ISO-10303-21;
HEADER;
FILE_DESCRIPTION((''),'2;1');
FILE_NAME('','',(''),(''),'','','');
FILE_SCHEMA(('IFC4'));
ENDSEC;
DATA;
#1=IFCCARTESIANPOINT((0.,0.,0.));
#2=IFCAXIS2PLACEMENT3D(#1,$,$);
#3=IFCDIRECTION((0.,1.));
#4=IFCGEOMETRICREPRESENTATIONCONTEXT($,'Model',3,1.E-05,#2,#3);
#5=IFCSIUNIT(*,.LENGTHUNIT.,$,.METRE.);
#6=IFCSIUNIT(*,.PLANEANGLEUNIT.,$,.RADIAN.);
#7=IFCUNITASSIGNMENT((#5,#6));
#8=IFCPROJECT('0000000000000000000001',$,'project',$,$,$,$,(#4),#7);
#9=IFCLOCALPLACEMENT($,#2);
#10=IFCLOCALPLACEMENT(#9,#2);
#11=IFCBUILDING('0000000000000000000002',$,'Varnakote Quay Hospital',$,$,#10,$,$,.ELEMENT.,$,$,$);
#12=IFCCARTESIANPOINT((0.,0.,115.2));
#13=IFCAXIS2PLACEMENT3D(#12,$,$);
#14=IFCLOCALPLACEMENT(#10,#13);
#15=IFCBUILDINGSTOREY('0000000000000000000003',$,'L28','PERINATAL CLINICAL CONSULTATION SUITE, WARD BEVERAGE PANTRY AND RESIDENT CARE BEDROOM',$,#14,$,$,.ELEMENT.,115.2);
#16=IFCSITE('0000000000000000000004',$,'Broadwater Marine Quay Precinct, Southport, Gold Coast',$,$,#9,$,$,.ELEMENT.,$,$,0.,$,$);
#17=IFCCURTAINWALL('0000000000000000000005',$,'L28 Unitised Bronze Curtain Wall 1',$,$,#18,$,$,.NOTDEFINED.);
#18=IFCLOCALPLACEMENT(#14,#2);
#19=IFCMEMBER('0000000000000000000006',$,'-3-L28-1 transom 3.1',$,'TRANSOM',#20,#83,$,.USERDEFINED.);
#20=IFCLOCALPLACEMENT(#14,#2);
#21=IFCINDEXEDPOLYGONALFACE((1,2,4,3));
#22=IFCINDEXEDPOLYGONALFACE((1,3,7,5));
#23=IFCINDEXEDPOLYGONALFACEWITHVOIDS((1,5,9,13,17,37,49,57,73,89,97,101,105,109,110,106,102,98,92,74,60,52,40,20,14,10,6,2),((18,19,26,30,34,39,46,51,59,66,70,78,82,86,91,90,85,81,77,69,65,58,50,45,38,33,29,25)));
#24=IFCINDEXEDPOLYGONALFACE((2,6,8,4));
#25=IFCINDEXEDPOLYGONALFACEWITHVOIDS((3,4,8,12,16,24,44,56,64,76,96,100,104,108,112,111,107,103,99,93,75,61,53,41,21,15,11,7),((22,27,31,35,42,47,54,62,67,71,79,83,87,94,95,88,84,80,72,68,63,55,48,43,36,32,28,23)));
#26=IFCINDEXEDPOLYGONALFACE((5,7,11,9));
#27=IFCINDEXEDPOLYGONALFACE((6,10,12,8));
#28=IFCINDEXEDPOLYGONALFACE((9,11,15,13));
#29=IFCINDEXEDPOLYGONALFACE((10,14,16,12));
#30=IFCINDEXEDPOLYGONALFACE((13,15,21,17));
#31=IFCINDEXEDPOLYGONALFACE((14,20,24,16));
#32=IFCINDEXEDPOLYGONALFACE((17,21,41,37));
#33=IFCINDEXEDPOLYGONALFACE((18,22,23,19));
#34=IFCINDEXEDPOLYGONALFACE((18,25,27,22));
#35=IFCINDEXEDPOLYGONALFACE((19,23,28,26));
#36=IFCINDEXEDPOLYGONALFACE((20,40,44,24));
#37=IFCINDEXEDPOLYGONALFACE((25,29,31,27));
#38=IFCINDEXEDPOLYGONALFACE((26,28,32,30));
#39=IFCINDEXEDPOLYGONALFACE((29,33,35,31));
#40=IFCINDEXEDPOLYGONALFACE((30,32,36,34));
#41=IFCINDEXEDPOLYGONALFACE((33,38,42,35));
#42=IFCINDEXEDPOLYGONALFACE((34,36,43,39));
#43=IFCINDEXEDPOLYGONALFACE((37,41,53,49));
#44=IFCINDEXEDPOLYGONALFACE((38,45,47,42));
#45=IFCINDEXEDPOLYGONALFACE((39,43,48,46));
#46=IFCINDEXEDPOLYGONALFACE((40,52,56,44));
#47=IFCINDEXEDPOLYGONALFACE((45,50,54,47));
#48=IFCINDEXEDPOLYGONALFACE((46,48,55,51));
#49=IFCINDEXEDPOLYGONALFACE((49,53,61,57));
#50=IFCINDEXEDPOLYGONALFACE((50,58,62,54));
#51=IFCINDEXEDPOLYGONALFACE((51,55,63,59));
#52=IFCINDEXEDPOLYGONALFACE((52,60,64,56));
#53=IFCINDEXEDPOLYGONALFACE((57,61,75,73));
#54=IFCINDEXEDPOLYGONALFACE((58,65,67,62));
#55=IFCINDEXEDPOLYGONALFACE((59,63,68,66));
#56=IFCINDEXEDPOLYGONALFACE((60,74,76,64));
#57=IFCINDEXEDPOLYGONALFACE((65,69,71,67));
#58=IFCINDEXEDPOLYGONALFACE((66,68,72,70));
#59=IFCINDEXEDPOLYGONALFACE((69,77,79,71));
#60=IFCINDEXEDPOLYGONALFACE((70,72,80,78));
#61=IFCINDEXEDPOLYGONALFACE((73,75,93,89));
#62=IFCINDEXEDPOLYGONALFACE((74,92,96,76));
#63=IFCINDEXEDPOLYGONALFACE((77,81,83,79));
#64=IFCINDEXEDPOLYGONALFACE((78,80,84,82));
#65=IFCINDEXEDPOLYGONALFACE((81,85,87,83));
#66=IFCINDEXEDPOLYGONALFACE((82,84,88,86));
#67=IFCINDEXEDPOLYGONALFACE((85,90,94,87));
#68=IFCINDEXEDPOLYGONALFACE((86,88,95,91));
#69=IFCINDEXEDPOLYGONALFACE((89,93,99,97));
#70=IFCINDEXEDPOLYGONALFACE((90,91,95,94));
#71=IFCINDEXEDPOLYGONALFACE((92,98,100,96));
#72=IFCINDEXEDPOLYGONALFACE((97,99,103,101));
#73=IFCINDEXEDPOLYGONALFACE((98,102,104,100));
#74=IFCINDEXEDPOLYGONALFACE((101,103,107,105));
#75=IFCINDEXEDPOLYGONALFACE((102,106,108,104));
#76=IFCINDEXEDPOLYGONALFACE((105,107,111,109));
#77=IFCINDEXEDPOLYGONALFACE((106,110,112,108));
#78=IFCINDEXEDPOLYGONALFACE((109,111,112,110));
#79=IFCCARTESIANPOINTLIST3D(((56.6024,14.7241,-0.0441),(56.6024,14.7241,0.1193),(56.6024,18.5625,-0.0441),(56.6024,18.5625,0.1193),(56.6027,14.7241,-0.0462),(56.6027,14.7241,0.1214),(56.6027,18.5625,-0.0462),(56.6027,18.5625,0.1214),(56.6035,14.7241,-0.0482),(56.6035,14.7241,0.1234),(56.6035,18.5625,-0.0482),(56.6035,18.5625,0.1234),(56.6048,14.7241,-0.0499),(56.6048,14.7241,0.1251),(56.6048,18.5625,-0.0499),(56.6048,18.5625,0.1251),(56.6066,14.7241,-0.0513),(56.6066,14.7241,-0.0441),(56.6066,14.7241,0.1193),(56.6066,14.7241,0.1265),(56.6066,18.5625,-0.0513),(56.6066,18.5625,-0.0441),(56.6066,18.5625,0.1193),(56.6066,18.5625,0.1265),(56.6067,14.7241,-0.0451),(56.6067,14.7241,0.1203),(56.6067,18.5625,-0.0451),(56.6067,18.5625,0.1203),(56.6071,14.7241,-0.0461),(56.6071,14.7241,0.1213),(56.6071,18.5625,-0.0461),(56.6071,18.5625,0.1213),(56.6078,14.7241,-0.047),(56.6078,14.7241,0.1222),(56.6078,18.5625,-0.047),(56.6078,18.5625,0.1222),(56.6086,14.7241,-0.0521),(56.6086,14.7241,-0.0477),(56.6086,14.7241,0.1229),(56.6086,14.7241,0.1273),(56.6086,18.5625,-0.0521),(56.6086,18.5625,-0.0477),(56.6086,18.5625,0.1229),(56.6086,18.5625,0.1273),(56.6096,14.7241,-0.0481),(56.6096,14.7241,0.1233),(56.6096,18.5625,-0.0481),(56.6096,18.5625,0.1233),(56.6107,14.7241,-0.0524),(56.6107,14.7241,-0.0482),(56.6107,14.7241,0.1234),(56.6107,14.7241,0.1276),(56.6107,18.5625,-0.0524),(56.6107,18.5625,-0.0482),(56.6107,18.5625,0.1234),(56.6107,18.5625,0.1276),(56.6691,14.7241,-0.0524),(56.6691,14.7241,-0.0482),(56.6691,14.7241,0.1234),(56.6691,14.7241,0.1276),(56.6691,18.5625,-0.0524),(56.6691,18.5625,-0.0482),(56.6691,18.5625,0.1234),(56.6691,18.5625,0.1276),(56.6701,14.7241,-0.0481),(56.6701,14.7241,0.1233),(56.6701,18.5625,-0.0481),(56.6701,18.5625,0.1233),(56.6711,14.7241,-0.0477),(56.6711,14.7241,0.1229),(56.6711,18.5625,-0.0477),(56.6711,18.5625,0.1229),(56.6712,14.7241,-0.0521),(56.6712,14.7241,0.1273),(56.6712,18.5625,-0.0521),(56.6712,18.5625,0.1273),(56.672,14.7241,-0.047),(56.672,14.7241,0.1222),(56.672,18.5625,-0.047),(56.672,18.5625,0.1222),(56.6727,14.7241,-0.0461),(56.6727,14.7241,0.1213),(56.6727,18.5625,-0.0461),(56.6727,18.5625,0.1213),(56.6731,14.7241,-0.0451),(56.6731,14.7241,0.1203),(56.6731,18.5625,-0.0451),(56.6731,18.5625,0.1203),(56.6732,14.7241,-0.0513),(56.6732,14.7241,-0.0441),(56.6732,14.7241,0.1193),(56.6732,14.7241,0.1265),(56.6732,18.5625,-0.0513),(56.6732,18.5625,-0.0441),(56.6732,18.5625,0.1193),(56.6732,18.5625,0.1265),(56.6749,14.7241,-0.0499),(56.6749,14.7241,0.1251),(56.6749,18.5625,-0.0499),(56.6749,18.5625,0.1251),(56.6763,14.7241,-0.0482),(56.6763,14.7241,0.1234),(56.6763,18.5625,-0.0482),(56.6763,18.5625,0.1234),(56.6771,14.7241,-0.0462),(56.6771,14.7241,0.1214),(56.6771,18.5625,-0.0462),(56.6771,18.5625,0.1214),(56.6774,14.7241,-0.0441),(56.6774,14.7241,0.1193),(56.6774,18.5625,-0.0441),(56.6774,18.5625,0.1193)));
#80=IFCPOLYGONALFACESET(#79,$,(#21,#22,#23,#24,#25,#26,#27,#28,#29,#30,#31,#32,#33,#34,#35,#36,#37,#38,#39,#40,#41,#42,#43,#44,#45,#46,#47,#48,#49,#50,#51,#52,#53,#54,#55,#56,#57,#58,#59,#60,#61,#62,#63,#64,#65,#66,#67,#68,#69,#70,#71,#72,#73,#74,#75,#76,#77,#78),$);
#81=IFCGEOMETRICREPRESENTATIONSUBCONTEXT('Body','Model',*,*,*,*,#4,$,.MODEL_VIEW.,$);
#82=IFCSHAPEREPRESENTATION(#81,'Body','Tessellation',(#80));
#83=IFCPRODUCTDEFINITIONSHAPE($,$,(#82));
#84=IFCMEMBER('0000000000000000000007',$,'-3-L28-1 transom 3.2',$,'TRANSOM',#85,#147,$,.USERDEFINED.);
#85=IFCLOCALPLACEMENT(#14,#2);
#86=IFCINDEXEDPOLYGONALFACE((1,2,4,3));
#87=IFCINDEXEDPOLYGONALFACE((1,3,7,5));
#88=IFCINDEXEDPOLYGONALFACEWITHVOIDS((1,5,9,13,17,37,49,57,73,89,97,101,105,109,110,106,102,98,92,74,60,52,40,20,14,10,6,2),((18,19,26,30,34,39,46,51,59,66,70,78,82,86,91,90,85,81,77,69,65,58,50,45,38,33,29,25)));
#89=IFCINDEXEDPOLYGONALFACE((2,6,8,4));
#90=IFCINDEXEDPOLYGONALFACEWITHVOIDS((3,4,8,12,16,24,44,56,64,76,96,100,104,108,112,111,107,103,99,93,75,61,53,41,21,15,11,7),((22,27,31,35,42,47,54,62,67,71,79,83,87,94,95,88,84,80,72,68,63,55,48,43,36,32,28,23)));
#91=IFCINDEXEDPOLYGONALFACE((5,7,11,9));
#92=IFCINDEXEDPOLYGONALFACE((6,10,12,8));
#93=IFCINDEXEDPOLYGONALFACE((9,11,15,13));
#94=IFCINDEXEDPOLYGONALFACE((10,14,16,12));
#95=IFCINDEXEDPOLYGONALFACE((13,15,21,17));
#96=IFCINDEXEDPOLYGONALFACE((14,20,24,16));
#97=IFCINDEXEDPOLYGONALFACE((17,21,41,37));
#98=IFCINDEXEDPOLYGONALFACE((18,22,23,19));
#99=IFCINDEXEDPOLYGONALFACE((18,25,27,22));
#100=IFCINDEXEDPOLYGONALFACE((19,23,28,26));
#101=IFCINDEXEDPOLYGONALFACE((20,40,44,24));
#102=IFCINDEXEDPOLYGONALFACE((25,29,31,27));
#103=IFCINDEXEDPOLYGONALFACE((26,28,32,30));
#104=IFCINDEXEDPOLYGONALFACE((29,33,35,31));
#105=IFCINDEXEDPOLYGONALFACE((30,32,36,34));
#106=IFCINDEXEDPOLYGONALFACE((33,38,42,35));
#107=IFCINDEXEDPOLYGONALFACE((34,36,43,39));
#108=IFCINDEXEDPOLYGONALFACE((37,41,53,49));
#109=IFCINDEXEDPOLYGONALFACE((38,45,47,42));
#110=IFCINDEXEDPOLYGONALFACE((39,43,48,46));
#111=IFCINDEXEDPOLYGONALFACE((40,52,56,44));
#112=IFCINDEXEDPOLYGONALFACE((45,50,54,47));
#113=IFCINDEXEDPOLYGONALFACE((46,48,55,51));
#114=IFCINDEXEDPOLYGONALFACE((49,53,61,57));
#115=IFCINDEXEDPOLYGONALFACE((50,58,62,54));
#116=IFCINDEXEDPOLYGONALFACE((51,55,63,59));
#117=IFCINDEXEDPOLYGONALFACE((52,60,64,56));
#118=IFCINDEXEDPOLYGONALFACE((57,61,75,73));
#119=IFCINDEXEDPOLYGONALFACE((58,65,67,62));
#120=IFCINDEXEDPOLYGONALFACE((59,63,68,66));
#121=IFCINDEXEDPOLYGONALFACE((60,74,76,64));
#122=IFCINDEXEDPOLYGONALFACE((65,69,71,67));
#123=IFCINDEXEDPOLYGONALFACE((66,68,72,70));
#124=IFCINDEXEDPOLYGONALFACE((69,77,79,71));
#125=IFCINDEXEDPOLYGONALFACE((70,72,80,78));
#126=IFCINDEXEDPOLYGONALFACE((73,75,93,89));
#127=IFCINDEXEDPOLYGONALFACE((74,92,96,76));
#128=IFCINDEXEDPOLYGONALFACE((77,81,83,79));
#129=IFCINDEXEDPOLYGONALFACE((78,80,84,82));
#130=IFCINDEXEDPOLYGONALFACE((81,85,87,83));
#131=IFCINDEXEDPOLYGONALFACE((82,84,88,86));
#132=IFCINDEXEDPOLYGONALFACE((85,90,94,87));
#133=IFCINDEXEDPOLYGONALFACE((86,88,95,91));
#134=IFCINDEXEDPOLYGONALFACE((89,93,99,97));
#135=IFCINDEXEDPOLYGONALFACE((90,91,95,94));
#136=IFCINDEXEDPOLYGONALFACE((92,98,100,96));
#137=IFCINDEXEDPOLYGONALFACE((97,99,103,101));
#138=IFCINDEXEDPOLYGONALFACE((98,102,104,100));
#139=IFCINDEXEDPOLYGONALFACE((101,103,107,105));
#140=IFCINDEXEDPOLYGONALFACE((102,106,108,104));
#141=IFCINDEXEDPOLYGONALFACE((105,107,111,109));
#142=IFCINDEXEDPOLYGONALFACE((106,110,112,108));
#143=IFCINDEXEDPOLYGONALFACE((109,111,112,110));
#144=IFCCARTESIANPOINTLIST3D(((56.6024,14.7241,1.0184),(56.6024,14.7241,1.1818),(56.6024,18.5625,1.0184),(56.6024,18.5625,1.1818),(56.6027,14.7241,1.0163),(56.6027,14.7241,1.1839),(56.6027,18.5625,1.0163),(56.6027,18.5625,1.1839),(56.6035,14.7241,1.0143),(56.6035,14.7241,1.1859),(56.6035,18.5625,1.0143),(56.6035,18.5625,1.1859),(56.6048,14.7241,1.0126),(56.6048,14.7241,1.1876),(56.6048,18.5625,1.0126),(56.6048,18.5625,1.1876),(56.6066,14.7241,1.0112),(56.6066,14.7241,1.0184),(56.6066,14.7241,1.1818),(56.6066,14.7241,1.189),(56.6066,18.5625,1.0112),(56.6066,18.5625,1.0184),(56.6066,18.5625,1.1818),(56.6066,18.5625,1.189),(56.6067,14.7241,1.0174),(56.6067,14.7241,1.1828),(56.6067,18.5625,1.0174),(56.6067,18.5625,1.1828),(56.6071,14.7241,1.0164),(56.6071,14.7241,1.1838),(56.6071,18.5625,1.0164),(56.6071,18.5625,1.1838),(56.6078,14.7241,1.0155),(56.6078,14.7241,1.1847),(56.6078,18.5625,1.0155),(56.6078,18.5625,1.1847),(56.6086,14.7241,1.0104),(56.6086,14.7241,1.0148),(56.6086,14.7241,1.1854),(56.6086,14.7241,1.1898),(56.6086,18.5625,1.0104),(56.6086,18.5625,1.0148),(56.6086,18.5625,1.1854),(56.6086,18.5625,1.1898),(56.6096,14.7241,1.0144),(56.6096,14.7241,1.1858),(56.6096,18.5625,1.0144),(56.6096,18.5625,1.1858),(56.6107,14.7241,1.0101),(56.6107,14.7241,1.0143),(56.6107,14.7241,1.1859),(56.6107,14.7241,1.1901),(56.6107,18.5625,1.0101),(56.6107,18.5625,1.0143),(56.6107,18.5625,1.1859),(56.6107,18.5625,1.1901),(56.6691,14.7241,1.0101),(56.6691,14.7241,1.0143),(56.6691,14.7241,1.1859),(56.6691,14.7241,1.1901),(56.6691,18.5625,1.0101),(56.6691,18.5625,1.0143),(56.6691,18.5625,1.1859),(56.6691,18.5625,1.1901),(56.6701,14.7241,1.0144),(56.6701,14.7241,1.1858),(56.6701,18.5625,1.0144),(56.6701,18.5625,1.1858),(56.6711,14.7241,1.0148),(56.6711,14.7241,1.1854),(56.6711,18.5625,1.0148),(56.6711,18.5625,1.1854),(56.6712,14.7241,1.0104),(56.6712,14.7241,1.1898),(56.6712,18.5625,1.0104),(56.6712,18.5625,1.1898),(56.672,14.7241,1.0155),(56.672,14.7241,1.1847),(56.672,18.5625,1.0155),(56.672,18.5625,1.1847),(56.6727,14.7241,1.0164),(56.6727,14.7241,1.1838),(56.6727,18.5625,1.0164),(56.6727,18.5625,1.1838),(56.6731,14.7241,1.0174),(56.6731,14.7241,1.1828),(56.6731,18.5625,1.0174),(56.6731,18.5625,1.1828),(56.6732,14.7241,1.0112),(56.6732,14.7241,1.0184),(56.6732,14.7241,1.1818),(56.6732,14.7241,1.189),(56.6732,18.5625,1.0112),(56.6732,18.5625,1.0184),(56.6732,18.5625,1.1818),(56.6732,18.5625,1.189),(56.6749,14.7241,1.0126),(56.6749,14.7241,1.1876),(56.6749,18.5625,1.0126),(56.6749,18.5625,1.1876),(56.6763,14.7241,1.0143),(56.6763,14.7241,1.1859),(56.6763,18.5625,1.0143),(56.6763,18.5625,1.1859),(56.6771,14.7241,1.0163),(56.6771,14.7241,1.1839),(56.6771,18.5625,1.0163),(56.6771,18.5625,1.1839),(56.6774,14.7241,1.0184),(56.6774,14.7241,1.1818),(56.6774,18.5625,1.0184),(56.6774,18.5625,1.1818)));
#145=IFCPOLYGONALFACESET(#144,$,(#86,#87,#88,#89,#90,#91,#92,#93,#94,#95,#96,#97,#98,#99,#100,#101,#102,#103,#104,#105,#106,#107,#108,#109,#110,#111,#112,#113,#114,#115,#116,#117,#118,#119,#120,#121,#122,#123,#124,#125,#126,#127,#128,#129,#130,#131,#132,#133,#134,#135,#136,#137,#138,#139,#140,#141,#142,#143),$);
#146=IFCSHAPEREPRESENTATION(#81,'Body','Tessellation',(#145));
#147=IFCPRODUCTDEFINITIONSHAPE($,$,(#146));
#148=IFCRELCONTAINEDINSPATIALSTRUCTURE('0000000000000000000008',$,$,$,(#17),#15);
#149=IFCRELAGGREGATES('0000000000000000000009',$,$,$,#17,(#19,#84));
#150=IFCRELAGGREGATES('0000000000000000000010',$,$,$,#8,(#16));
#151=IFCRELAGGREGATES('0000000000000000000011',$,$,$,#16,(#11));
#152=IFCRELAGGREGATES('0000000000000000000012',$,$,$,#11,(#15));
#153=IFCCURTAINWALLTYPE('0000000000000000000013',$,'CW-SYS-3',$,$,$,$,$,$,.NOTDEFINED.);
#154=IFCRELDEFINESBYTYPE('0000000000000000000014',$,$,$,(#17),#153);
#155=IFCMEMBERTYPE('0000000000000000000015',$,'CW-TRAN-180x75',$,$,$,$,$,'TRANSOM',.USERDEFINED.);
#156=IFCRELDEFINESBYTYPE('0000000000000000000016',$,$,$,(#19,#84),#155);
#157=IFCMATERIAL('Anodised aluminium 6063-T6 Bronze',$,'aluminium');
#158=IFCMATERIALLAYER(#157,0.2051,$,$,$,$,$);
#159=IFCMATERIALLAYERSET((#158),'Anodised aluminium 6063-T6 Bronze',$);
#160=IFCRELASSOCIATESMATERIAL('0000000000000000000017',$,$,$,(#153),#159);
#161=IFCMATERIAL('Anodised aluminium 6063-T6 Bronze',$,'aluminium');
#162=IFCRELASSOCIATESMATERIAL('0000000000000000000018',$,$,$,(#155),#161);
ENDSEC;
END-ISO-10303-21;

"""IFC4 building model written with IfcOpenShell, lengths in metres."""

from ifc_helpers import new_model, si_unit, direction, frame, origin, origin_2d, place, context, subcontext, project, spatial, hollow_rectangle, extrude, material, layer, layer_set, material_profile, profile_set, type_object, element, aggregate, save


model = new_model("IFC4")

# Units and contexts
model_context = context("Model", 3, precision=1e-05, world=origin(), true_north=direction((0.0, 1.0)))
body_context = subcontext(model_context, "Body", "Model", "MODEL_VIEW")
ifc_project = project(units=[si_unit("LENGTHUNIT", "METRE"), si_unit("PLANEANGLEUNIT", "RADIAN")], contexts=[model_context])

# Site, building, storey
site_placement = place(None, origin())
site = spatial("IfcSite", under=ifc_project, at=site_placement, Name="Broadwater Marine Quay Precinct, Southport, Gold Coast", CompositionType="ELEMENT", RefElevation=0.0)
building_placement = place(site_placement, origin())
building = spatial("IfcBuilding", under=site, at=building_placement, Name="Varnakote Quay Hospital", CompositionType="ELEMENT")
storey_placement = place(building_placement, frame((0.0, 0.0, 115.2)))
storey = spatial("IfcBuildingStorey", under=building, at=storey_placement, Name="L28", Description="PERINATAL CLINICAL CONSULTATION SUITE, WARD BEVERAGE PANTRY AND RESIDENT CARE BEDROOM", CompositionType="ELEMENT", Elevation=115.2)

# Curtain wall, members
ifc_material_1 = material(Name="Anodised aluminium 6063-T6 Bronze", Category="aluminium")
ifc_layer_1 = layer(ifc_material_1, 0.2051)
ifc_layer_set_1 = layer_set([ifc_layer_1], Name="Anodised aluminium 6063-T6 Bronze")
curtain_wall_type = type_object("IfcCurtainWallType", Name="CW-SYS-3", PredefinedType="NOTDEFINED", material=ifc_layer_set_1)
curtain_wall_placement = place(storey_placement, origin())
curtain_wall = element("IfcCurtainWall", 1, at=curtain_wall_placement, inside=storey, type_object=curtain_wall_type, Name="L28 Unitised Bronze Curtain Wall 1", PredefinedType="NOTDEFINED")
ifc_material_2 = material(Name="Anodised aluminium 6063-T6 Bronze", Category="aluminium")
ifc_material_profile_1 = material_profile(ifc_material_2, hollow_rectangle(XDim=0.075, YDim=0.1799, WallThickness=0.0042, InnerFilletRadius=0.0042, OuterFilletRadius=0.0083, at=origin_2d()), Name="CW-TRAN-180x75")
ifc_profile_set_1 = profile_set([ifc_material_profile_1], Name="Anodised aluminium 6063-T6 Bronze")
member_type_1 = type_object("IfcMemberType", Name="CW-TRAN-180x75", ElementType="TRANSOM", PredefinedType="USERDEFINED", material=ifc_profile_set_1)
member_1_placement = place(storey_placement, frame((56.6399, 14.7241, 0.0376), z_axis=(0.0, 1.0, 0.0), x_axis=(-1.0, 0.0, 0.0)))
member_1 = element("IfcMember", 2, at=member_1_placement, type_object=member_type_1, Name="-3-L28-1 transom 3.1", ObjectType="TRANSOM", PredefinedType="USERDEFINED", context=body_context, shape_type="SweptSolid", body=[
    extrude(hollow_rectangle(XDim=0.075, YDim=0.1799, WallThickness=0.0042, InnerFilletRadius=0.0042, OuterFilletRadius=0.0083, at=origin_2d()), origin(), (0.0, 0.0, 1.0), 3.8384),
])
member_2_placement = place(storey_placement, frame((56.6399, 14.7241, 1.1001), z_axis=(0.0, 1.0, 0.0), x_axis=(-1.0, 0.0, 0.0)))
member_2 = element("IfcMember", 3, at=member_2_placement, type_object=member_type_1, Name="-3-L28-1 transom 3.2", ObjectType="TRANSOM", PredefinedType="USERDEFINED", context=body_context, shape_type="SweptSolid", body=[
    extrude(hollow_rectangle(XDim=0.075, YDim=0.1799, WallThickness=0.0042, InnerFilletRadius=0.0042, OuterFilletRadius=0.0083, at=origin_2d()), origin(), (0.0, 0.0, 1.0), 3.8384),
])
aggregate(curtain_wall, [member_1, member_2])

save(model, "model.ifc")
